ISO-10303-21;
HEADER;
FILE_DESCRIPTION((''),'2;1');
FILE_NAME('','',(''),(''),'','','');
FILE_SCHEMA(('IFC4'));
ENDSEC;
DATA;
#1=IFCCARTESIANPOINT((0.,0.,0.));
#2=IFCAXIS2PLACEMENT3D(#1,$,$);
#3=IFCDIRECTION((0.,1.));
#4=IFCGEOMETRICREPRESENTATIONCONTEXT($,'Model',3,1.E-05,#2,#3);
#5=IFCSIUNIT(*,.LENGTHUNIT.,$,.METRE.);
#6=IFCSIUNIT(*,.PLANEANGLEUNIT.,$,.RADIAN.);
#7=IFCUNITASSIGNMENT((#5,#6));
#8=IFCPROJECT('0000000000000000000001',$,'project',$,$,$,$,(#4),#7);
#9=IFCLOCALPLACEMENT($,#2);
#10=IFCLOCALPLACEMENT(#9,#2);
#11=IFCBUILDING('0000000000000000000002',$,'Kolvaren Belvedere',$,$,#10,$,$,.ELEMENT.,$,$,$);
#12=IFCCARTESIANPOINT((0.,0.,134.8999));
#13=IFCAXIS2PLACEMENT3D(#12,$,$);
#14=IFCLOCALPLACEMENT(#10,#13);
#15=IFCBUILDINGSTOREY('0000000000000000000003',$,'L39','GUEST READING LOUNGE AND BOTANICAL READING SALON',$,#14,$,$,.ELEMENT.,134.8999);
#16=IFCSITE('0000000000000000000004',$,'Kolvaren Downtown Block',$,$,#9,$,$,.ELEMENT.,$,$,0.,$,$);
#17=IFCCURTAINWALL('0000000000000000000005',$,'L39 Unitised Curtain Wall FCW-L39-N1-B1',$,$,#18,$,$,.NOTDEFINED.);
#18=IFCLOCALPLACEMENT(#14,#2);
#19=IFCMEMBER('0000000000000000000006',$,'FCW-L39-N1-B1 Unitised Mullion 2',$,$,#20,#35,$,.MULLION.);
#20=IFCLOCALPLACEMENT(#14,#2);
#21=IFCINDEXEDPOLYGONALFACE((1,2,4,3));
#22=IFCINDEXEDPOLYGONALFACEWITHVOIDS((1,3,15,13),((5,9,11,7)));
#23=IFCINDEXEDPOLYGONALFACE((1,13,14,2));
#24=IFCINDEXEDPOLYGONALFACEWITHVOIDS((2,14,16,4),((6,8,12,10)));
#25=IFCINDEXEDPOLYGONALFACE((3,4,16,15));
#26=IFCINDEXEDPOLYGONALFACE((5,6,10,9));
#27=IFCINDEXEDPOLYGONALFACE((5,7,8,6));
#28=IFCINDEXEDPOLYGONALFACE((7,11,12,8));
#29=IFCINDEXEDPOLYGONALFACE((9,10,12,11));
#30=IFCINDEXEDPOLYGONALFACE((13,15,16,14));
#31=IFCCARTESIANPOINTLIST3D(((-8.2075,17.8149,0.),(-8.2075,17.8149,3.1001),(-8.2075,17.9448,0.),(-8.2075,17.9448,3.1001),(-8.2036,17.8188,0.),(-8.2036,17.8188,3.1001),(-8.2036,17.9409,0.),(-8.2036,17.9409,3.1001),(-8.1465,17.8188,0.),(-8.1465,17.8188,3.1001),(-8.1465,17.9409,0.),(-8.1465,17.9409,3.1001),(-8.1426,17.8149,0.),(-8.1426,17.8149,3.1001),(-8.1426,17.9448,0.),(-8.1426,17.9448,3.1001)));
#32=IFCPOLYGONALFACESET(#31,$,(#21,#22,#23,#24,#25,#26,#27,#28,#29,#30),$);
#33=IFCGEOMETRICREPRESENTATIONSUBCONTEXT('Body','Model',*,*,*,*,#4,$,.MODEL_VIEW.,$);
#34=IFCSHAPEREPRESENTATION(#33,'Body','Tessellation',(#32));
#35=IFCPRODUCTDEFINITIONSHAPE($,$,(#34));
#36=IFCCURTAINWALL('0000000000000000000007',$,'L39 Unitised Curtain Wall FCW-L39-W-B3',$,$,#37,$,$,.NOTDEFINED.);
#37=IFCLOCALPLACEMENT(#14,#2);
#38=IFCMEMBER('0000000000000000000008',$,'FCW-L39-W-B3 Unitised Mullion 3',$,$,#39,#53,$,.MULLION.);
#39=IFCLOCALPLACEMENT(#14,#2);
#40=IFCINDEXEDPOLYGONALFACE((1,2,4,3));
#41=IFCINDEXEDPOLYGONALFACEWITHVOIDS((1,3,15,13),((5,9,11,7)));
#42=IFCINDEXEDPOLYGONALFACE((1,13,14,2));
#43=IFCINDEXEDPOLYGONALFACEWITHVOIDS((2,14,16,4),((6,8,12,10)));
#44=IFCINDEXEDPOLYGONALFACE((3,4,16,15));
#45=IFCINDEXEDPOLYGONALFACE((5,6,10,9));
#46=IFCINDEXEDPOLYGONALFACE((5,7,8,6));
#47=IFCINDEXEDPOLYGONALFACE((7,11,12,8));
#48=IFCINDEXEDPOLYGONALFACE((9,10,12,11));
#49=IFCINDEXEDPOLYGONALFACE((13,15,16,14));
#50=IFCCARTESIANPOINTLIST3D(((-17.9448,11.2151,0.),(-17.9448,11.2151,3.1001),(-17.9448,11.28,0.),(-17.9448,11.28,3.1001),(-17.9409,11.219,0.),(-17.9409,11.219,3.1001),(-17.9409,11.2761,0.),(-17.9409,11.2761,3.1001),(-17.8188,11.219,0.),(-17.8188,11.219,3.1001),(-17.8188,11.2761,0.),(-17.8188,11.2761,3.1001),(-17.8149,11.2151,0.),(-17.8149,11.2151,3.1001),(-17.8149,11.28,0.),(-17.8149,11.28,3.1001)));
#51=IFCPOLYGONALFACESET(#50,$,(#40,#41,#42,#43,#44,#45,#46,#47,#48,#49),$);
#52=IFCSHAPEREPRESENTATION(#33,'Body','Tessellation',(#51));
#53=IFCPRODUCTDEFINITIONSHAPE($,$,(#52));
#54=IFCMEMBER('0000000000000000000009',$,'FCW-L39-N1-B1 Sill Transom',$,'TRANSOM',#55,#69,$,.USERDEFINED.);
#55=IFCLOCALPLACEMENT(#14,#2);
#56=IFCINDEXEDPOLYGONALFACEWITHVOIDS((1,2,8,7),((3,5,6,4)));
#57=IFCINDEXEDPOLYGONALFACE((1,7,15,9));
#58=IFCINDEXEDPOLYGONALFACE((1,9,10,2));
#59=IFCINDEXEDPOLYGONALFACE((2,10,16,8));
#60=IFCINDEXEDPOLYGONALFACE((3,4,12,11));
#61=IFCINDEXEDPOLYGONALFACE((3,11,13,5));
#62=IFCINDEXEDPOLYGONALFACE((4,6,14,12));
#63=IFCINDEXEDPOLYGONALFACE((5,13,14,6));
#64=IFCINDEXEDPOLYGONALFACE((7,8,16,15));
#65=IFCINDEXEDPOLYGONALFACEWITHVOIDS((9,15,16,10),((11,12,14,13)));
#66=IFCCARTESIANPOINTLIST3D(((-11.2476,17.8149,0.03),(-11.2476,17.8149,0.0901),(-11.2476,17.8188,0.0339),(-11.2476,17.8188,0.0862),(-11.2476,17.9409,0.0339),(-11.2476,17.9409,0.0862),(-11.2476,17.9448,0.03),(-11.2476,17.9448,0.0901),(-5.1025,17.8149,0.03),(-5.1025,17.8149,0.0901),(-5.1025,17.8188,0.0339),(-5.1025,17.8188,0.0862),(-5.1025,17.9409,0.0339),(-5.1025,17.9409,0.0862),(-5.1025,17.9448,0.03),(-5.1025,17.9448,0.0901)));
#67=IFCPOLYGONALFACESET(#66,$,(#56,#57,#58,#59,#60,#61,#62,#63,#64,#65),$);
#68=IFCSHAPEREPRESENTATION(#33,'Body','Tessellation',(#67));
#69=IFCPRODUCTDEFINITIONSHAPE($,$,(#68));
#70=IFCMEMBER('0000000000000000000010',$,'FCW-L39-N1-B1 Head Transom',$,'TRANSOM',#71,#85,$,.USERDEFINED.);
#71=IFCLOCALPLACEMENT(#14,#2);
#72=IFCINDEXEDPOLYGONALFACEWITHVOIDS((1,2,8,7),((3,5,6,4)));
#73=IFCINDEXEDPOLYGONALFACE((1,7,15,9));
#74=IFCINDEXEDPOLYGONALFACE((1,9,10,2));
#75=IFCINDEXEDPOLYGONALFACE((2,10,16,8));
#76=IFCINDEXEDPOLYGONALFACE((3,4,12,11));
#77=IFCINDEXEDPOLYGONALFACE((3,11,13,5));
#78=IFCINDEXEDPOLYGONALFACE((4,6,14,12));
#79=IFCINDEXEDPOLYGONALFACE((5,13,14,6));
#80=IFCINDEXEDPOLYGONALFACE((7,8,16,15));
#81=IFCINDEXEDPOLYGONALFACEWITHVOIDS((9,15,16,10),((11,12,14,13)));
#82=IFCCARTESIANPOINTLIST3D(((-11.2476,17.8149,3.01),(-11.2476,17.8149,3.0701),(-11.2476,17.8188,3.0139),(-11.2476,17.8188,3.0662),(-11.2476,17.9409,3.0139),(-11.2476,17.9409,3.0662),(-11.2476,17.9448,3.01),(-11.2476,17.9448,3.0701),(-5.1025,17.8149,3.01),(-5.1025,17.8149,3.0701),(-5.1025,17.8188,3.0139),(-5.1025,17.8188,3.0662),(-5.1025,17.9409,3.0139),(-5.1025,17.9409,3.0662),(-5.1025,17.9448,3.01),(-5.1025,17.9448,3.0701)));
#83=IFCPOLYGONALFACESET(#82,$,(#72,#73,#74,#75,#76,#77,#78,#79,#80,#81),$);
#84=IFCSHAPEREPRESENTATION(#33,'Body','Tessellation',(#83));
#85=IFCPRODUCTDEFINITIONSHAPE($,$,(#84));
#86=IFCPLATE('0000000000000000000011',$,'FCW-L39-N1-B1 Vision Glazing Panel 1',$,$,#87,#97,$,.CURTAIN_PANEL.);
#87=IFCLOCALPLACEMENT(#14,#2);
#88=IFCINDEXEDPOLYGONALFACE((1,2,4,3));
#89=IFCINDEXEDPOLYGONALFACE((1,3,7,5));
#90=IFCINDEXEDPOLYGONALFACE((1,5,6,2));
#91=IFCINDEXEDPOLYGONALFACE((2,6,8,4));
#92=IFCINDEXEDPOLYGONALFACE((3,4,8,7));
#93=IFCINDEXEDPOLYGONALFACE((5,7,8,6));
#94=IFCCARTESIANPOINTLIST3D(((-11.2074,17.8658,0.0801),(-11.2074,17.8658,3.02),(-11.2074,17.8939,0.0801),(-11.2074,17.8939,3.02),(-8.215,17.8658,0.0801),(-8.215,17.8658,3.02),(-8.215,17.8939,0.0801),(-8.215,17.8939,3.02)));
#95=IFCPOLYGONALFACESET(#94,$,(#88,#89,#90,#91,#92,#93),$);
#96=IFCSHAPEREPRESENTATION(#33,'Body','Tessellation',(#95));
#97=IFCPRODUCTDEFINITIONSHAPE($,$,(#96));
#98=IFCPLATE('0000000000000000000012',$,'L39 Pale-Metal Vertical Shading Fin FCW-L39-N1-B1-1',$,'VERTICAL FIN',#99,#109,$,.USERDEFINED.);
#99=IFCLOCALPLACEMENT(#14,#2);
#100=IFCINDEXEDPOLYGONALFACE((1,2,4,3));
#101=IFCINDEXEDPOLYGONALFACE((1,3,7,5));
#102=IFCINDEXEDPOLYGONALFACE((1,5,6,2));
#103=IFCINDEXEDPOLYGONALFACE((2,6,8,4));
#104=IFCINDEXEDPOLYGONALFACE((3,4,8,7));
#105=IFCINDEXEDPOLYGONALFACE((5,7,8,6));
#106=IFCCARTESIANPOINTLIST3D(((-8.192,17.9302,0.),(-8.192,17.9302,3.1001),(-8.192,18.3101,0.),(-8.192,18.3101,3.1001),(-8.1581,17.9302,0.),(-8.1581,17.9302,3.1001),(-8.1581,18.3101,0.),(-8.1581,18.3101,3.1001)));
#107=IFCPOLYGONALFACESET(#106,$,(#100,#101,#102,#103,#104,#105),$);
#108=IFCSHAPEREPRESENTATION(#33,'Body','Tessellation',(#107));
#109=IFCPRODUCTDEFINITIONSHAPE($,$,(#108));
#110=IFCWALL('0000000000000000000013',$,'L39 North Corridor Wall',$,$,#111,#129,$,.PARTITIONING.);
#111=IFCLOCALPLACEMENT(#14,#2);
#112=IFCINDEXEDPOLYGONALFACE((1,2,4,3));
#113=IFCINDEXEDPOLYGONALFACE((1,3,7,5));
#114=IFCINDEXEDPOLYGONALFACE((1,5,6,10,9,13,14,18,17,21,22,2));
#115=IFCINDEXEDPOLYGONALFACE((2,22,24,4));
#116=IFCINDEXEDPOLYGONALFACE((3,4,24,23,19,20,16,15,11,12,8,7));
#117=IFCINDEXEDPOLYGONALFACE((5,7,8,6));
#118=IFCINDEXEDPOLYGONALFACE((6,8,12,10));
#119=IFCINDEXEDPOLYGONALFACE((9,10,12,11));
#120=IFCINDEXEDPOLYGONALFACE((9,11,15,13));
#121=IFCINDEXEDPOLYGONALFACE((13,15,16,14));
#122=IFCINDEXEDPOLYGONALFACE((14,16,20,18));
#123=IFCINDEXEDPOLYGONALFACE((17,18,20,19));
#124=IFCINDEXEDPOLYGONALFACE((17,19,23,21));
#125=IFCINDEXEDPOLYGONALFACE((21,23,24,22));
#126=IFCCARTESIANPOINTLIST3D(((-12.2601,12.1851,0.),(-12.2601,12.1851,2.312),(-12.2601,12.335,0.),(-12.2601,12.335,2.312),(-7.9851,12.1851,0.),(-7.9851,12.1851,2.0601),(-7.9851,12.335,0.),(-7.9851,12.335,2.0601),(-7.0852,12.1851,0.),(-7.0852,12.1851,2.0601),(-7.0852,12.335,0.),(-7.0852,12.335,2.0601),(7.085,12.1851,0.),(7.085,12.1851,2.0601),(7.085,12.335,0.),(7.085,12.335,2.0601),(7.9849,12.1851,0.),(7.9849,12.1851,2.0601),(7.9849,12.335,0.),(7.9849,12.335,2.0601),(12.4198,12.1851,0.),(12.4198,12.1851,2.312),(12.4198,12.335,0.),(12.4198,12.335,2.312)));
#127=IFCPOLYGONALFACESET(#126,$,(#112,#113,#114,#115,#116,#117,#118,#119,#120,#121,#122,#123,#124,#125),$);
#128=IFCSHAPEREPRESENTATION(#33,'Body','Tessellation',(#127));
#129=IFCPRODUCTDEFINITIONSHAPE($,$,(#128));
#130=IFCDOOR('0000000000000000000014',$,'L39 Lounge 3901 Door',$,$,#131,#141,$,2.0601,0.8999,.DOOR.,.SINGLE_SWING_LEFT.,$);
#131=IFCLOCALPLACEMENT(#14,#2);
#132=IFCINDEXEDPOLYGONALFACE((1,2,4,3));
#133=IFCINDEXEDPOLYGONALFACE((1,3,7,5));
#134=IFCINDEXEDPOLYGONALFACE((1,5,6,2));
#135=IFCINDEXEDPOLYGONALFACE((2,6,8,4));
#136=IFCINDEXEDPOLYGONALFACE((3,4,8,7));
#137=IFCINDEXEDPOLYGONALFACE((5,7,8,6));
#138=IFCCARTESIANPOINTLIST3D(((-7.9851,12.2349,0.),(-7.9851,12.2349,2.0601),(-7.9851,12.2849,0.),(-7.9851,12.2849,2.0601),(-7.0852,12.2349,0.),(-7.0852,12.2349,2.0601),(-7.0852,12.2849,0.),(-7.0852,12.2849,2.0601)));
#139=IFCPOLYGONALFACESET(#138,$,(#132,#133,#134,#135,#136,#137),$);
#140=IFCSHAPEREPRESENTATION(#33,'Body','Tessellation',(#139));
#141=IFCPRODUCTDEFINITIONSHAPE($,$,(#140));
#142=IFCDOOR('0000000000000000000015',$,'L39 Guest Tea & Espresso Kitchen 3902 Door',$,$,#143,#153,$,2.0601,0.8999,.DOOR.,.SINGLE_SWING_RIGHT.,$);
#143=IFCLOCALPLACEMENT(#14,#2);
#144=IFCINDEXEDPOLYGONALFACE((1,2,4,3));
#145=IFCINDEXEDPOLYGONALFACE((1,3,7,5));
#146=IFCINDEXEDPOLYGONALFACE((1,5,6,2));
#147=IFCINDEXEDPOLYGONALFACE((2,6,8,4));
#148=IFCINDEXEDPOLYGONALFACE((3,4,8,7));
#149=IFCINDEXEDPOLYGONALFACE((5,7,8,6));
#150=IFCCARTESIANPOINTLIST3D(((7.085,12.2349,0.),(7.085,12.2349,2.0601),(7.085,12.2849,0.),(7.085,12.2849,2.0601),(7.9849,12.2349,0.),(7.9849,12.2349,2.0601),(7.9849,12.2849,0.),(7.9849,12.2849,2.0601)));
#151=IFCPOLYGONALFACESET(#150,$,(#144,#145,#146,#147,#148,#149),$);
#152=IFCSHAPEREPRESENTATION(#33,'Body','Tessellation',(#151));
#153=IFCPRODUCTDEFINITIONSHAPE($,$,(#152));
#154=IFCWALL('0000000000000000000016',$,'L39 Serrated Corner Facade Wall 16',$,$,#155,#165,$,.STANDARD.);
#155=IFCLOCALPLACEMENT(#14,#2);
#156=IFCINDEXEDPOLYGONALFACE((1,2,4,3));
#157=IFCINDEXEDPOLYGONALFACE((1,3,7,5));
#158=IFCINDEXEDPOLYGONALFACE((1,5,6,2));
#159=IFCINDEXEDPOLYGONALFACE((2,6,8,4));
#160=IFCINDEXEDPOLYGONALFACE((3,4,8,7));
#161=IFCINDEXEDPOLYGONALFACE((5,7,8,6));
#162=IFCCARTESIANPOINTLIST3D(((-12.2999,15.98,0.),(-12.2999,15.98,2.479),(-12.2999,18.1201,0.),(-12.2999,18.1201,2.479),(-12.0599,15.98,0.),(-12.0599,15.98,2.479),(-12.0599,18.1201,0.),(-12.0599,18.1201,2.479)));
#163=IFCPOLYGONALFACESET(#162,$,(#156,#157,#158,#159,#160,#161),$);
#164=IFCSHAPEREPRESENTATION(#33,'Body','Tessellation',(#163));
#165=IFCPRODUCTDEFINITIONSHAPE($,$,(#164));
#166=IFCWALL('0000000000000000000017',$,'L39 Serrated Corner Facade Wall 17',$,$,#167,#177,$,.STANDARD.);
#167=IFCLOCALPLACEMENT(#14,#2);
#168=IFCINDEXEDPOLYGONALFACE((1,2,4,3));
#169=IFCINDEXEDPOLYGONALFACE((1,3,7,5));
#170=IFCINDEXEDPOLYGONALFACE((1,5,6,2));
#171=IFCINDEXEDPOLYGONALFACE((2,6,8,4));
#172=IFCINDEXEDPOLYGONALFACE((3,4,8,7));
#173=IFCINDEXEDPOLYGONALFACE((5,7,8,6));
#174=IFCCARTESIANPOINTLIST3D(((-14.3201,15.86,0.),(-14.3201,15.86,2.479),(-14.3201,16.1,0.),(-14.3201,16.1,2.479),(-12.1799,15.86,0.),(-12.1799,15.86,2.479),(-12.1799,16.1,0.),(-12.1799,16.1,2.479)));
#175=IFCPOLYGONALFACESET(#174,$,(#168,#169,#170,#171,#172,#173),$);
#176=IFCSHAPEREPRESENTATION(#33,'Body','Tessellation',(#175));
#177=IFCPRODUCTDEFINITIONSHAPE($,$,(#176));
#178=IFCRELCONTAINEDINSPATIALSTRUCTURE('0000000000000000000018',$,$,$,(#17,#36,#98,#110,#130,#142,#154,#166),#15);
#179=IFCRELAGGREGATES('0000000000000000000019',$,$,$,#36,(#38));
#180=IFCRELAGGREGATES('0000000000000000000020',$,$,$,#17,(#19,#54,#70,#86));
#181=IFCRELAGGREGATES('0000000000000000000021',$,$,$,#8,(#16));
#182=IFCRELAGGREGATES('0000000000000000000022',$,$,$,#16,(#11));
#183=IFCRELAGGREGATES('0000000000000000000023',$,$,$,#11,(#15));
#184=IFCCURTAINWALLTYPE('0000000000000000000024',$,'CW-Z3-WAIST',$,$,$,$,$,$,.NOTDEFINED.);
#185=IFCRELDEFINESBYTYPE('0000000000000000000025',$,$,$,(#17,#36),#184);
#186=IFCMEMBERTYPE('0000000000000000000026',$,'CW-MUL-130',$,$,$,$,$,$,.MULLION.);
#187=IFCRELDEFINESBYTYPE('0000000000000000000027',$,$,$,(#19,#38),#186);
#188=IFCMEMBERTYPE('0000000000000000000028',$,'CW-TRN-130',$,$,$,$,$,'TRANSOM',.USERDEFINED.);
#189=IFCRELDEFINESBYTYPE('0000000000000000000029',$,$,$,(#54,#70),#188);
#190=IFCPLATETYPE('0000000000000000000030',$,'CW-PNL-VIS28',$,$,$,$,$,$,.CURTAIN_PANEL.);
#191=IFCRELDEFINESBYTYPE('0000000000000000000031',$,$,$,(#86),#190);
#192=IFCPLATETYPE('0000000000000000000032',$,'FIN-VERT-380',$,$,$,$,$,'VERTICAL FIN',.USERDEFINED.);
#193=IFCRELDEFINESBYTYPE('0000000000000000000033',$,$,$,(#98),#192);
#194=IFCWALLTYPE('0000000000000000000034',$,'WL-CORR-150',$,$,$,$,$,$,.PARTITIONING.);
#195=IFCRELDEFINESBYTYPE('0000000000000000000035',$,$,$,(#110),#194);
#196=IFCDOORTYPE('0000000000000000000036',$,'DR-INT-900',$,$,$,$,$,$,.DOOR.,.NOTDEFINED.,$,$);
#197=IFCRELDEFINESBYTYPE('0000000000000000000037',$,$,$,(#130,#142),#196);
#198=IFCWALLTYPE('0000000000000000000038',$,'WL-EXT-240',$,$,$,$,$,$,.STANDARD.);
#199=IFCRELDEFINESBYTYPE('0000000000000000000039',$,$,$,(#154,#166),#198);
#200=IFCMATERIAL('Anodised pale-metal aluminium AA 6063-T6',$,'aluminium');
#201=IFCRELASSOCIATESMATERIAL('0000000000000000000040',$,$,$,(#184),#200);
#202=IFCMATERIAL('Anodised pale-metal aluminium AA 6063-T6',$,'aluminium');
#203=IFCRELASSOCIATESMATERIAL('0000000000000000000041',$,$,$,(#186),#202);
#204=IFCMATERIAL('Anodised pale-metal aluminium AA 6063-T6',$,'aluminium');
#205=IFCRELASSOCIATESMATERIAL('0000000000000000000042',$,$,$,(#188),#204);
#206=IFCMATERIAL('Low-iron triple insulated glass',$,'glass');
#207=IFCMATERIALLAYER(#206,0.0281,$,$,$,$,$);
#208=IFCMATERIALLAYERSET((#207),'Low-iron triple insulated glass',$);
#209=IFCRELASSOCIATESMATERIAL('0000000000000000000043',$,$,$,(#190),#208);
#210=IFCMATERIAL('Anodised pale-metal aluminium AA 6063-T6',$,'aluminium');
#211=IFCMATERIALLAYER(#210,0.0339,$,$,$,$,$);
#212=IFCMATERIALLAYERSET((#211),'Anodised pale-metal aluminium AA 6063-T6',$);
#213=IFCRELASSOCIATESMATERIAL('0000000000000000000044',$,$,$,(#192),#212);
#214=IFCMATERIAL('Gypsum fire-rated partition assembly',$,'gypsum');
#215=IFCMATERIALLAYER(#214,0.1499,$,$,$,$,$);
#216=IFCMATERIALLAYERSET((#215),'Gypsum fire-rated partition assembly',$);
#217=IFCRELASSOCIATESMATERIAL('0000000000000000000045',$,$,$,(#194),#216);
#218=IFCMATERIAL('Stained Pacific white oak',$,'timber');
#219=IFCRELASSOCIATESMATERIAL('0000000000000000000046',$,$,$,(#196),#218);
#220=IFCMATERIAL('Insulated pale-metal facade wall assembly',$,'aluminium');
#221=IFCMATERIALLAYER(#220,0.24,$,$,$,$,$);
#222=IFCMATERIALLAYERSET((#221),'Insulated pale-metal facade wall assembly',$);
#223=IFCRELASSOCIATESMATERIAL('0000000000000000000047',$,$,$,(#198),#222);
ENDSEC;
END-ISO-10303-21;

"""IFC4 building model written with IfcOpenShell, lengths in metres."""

from ifc_helpers import new_model, si_unit, direction, frame, frame_2d, origin, origin_2d, place, context, subcontext, project, spatial, rectangle, hollow_rectangle, extrude, material, layer, layer_set, material_profile, profile_set, type_object, element, fill, aggregate, save


model = new_model("IFC4")

# Units and contexts
model_context = context("Model", 3, precision=1e-05, world=origin(), true_north=direction((0.0, 1.0)))
body_context = subcontext(model_context, "Body", "Model", "MODEL_VIEW")
ifc_project = project(units=[si_unit("LENGTHUNIT", "METRE"), si_unit("PLANEANGLEUNIT", "RADIAN")], contexts=[model_context])

# Site, building, storey
site_placement = place(None, origin())
site = spatial("IfcSite", under=ifc_project, at=site_placement, Name="Kolvaren Downtown Block", CompositionType="ELEMENT", RefElevation=0.0)
building_placement = place(site_placement, origin())
building = spatial("IfcBuilding", under=site, at=building_placement, Name="Kolvaren Belvedere", CompositionType="ELEMENT")
storey_placement = place(building_placement, frame((0.0, 0.0, 134.8999)))
storey = spatial("IfcBuildingStorey", under=building, at=storey_placement, Name="L39", Description="GUEST READING LOUNGE AND BOTANICAL READING SALON", CompositionType="ELEMENT", Elevation=134.8999)

# Curtain wall, member
ifc_material_1 = material(Name="Anodised pale-metal aluminium AA 6063-T6", Category="aluminium")
curtain_wall_type = type_object("IfcCurtainWallType", Name="CW-Z3-WAIST", PredefinedType="NOTDEFINED", material=ifc_material_1)
curtain_wall_1_placement = place(storey_placement, origin())
curtain_wall_1 = element("IfcCurtainWall", 1, at=curtain_wall_1_placement, inside=storey, type_object=curtain_wall_type, Name="L39 Unitised Curtain Wall FCW-L39-N1-B1", PredefinedType="NOTDEFINED")
ifc_material_2 = material(Name="Anodised pale-metal aluminium AA 6063-T6", Category="aluminium")
ifc_material_profile_1 = material_profile(ifc_material_2, hollow_rectangle(XDim=0.0649, YDim=0.1299, WallThickness=0.0039, at=origin_2d()), Name="ALU-MUL-130X65")
ifc_profile_set_1 = profile_set([ifc_material_profile_1], Name="Anodised pale-metal aluminium AA 6063-T6")
member_type_1 = type_object("IfcMemberType", Name="CW-MUL-130", PredefinedType="MULLION", material=ifc_profile_set_1)
member_1_placement = place(storey_placement, frame((-8.175, 17.8799, 0.0), z_axis=(0.0, 0.0, 1.0), x_axis=(1.0, 0.0, 0.0)))
member_1 = element("IfcMember", 2, at=member_1_placement, type_object=member_type_1, Name="FCW-L39-N1-B1 Unitised Mullion 2", PredefinedType="MULLION", context=body_context, shape_type="SweptSolid", body=[
    extrude(hollow_rectangle(XDim=0.0649, YDim=0.1299, WallThickness=0.0039, at=origin_2d()), origin(), (0.0, 0.0, 1.0), 3.1001),
])

# Curtain wall, member
curtain_wall_2_placement = place(storey_placement, origin())
curtain_wall_2 = element("IfcCurtainWall", 3, at=curtain_wall_2_placement, inside=storey, type_object=curtain_wall_type, Name="L39 Unitised Curtain Wall FCW-L39-W-B3", PredefinedType="NOTDEFINED")
member_2_placement = place(storey_placement, frame((-17.8799, 11.2476, 0.0), z_axis=(0.0, 0.0, 1.0), x_axis=(0.0, 1.0, 0.0)))
member_2 = element("IfcMember", 4, at=member_2_placement, type_object=member_type_1, Name="FCW-L39-W-B3 Unitised Mullion 3", PredefinedType="MULLION", context=body_context, shape_type="SweptSolid", body=[
    extrude(hollow_rectangle(XDim=0.0649, YDim=0.1299, WallThickness=0.0039, at=origin_2d()), origin(), (0.0, 0.0, 1.0), 3.1001),
])
aggregate(curtain_wall_2, [member_2])

# Members
ifc_material_3 = material(Name="Anodised pale-metal aluminium AA 6063-T6", Category="aluminium")
ifc_material_profile_2 = material_profile(ifc_material_3, hollow_rectangle(XDim=0.0601, YDim=0.1299, WallThickness=0.0039, at=origin_2d()), Name="ALU-TRN-130X60")
ifc_profile_set_2 = profile_set([ifc_material_profile_2], Name="Anodised pale-metal aluminium AA 6063-T6")
member_type_2 = type_object("IfcMemberType", Name="CW-TRN-130", ElementType="TRANSOM", PredefinedType="USERDEFINED", material=ifc_profile_set_2)
member_3_placement = place(storey_placement, frame((-11.2476, 17.8799, 0.0601), z_axis=(1.0, 0.0, 0.0), x_axis=(0.0, 0.0, 1.0)))
member_3 = element("IfcMember", 5, at=member_3_placement, type_object=member_type_2, Name="FCW-L39-N1-B1 Sill Transom", ObjectType="TRANSOM", PredefinedType="USERDEFINED", context=body_context, shape_type="SweptSolid", body=[
    extrude(hollow_rectangle(XDim=0.0601, YDim=0.1299, WallThickness=0.0039, at=origin_2d()), origin(), (0.0, 0.0, 1.0), 6.145),
])
member_4_placement = place(storey_placement, frame((-11.2476, 17.8799, 3.04), z_axis=(1.0, 0.0, 0.0), x_axis=(0.0, 0.0, 1.0)))
member_4 = element("IfcMember", 6, at=member_4_placement, type_object=member_type_2, Name="FCW-L39-N1-B1 Head Transom", ObjectType="TRANSOM", PredefinedType="USERDEFINED", context=body_context, shape_type="SweptSolid", body=[
    extrude(hollow_rectangle(XDim=0.0601, YDim=0.1299, WallThickness=0.0039, at=origin_2d()), origin(), (0.0, 0.0, 1.0), 6.145),
])

# Plates
ifc_material_4 = material(Name="Low-iron triple insulated glass", Category="glass")
ifc_layer_1 = layer(ifc_material_4, 0.0281)
ifc_layer_set_1 = layer_set([ifc_layer_1], Name="Low-iron triple insulated glass")
plate_type_1 = type_object("IfcPlateType", Name="CW-PNL-VIS28", PredefinedType="CURTAIN_PANEL", material=ifc_layer_set_1)
plate_1_placement = place(storey_placement, frame((-9.7112, 17.8799, 0.0801), z_axis=(0.0, 0.0, 1.0), x_axis=(1.0, 0.0, 0.0)))
plate_1 = element("IfcPlate", 7, at=plate_1_placement, type_object=plate_type_1, Name="FCW-L39-N1-B1 Vision Glazing Panel 1", PredefinedType="CURTAIN_PANEL", context=body_context, shape_type="SweptSolid", body=[
    extrude(rectangle(XDim=2.9924, YDim=0.0281, at=origin_2d()), origin(), (0.0, 0.0, 1.0), 2.9399),
])
aggregate(curtain_wall_1, [member_1, member_3, member_4, plate_1])
ifc_material_5 = material(Name="Anodised pale-metal aluminium AA 6063-T6", Category="aluminium")
ifc_layer_2 = layer(ifc_material_5, 0.0339)
ifc_layer_set_2 = layer_set([ifc_layer_2], Name="Anodised pale-metal aluminium AA 6063-T6")
plate_type_2 = type_object("IfcPlateType", Name="FIN-VERT-380", ElementType="VERTICAL FIN", PredefinedType="USERDEFINED", material=ifc_layer_set_2)
plate_2_placement = place(storey_placement, frame((-8.175, 18.1201, 0.0), z_axis=(0.0, 0.0, 1.0), x_axis=(0.0, 1.0, 0.0)))
element("IfcPlate", 8, at=plate_2_placement, inside=storey, type_object=plate_type_2, Name="L39 Pale-Metal Vertical Shading Fin FCW-L39-N1-B1-1", ObjectType="VERTICAL FIN", PredefinedType="USERDEFINED", context=body_context, shape_type="SweptSolid", body=[
    extrude(rectangle(XDim=0.3799, YDim=0.0339, at=origin_2d()), origin(), (0.0, 0.0, 1.0), 3.1001),
])

# Wall, openings, doors
ifc_material_6 = material(Name="Gypsum fire-rated partition assembly", Category="gypsum")
ifc_layer_3 = layer(ifc_material_6, 0.1499)
ifc_layer_set_3 = layer_set([ifc_layer_3], Name="Gypsum fire-rated partition assembly")
wall_type_1 = type_object("IfcWallType", Name="WL-CORR-150", PredefinedType="PARTITIONING", material=ifc_layer_set_3)
wall_1_placement = place(storey_placement, frame((-12.26, 12.26, 0.0), z_axis=(0.0, 0.0, 1.0), x_axis=(1.0, 0.0, 0.0)))
wall_1 = element("IfcWall", 9, at=wall_1_placement, inside=storey, type_object=wall_type_1, Name="L39 North Corridor Wall", PredefinedType="PARTITIONING", context=body_context, shape_type="SweptSolid", body=[
    extrude(rectangle(XDim=24.6799, YDim=0.1499, at=frame_2d((12.3398, 0.0))), origin(), (0.0, 0.0, 1.0), 2.312),
])
opening_1_placement = place(wall_1_placement, frame((4.2749, 0.0, 0.0)))
opening_1 = element("IfcOpeningElement", 10, at=opening_1_placement, cuts=wall_1, PredefinedType="OPENING", context=body_context, shape_type="SweptSolid", body=[
    extrude(rectangle(XDim=0.8999, YDim=2.0601, at=frame_2d((0.45, 1.03))), frame((0.0, 0.085, 0.0), z_axis=(0.0, -1.0, 0.0), x_axis=(1.0, 0.0, 0.0)), (0.0, 0.0, 1.0), 0.1699),
])
opening_2_placement = place(wall_1_placement, frame((19.345, 0.0, 0.0)))
opening_2 = element("IfcOpeningElement", 11, at=opening_2_placement, cuts=wall_1, PredefinedType="OPENING", context=body_context, shape_type="SweptSolid", body=[
    extrude(rectangle(XDim=0.8999, YDim=2.0601, at=frame_2d((0.45, 1.03))), frame((0.0, 0.085, 0.0), z_axis=(0.0, -1.0, 0.0), x_axis=(1.0, 0.0, 0.0)), (0.0, 0.0, 1.0), 0.1699),
])
ifc_material_7 = material(Name="Stained Pacific white oak", Category="timber")
door_type = type_object("IfcDoorType", Name="DR-INT-900", OperationType="NOTDEFINED", PredefinedType="DOOR", material=ifc_material_7)
door_1_placement = place(opening_1_placement, origin())
door_1 = element("IfcDoor", 12, at=door_1_placement, inside=storey, type_object=door_type, Name="L39 Lounge 3901 Door", OperationType="SINGLE_SWING_LEFT", OverallHeight=2.0601, OverallWidth=0.8999, PredefinedType="DOOR", context=body_context, shape_type="SweptSolid", body=[
    extrude(rectangle(XDim=0.8999, YDim=2.0601, at=frame_2d((0.45, 1.03))), frame((0.0, 0.0249, 0.0), z_axis=(0.0, -1.0, 0.0), x_axis=(1.0, 0.0, 0.0)), (0.0, 0.0, 1.0), 0.05),
])
fill(opening_1, door_1)
door_2_placement = place(opening_2_placement, origin())
door_2 = element("IfcDoor", 13, at=door_2_placement, inside=storey, type_object=door_type, Name="L39 Guest Tea & Espresso Kitchen 3902 Door", OperationType="SINGLE_SWING_RIGHT", OverallHeight=2.0601, OverallWidth=0.8999, PredefinedType="DOOR", context=body_context, shape_type="SweptSolid", body=[
    extrude(rectangle(XDim=0.8999, YDim=2.0601, at=frame_2d((0.45, 1.03))), frame((0.0, 0.0249, 0.0), z_axis=(0.0, -1.0, 0.0), x_axis=(1.0, 0.0, 0.0)), (0.0, 0.0, 1.0), 0.05),
])
fill(opening_2, door_2)

# Walls
ifc_material_8 = material(Name="Insulated pale-metal facade wall assembly", Category="aluminium")
ifc_layer_4 = layer(ifc_material_8, 0.24)
ifc_layer_set_4 = layer_set([ifc_layer_4], Name="Insulated pale-metal facade wall assembly")
wall_type_2 = type_object("IfcWallType", Name="WL-EXT-240", PredefinedType="STANDARD", material=ifc_layer_set_4)
for number, where, z_axis, x_axis, name in (
    (14, (-12.1799, 15.98, 0.0), (0.0, 0.0, 1.0), (0.0, 1.0, 0.0), "L39 Serrated Corner Facade Wall 16"),
    (15, (-14.3201, 15.98, 0.0), (0.0, 0.0, 1.0), (1.0, 0.0, 0.0), "L39 Serrated Corner Facade Wall 17"),
):
    element("IfcWall", number, at=place(storey_placement, frame(where, z_axis=z_axis, x_axis=x_axis)), inside=storey, type_object=wall_type_2, Name=name, PredefinedType="STANDARD", context=body_context, shape_type="SweptSolid", body=[
        extrude(rectangle(XDim=2.1401, YDim=0.24, at=frame_2d((1.0701, 0.0))), origin(), (0.0, 0.0, 1.0), 2.479),
    ])

save(model, "model.ifc")
